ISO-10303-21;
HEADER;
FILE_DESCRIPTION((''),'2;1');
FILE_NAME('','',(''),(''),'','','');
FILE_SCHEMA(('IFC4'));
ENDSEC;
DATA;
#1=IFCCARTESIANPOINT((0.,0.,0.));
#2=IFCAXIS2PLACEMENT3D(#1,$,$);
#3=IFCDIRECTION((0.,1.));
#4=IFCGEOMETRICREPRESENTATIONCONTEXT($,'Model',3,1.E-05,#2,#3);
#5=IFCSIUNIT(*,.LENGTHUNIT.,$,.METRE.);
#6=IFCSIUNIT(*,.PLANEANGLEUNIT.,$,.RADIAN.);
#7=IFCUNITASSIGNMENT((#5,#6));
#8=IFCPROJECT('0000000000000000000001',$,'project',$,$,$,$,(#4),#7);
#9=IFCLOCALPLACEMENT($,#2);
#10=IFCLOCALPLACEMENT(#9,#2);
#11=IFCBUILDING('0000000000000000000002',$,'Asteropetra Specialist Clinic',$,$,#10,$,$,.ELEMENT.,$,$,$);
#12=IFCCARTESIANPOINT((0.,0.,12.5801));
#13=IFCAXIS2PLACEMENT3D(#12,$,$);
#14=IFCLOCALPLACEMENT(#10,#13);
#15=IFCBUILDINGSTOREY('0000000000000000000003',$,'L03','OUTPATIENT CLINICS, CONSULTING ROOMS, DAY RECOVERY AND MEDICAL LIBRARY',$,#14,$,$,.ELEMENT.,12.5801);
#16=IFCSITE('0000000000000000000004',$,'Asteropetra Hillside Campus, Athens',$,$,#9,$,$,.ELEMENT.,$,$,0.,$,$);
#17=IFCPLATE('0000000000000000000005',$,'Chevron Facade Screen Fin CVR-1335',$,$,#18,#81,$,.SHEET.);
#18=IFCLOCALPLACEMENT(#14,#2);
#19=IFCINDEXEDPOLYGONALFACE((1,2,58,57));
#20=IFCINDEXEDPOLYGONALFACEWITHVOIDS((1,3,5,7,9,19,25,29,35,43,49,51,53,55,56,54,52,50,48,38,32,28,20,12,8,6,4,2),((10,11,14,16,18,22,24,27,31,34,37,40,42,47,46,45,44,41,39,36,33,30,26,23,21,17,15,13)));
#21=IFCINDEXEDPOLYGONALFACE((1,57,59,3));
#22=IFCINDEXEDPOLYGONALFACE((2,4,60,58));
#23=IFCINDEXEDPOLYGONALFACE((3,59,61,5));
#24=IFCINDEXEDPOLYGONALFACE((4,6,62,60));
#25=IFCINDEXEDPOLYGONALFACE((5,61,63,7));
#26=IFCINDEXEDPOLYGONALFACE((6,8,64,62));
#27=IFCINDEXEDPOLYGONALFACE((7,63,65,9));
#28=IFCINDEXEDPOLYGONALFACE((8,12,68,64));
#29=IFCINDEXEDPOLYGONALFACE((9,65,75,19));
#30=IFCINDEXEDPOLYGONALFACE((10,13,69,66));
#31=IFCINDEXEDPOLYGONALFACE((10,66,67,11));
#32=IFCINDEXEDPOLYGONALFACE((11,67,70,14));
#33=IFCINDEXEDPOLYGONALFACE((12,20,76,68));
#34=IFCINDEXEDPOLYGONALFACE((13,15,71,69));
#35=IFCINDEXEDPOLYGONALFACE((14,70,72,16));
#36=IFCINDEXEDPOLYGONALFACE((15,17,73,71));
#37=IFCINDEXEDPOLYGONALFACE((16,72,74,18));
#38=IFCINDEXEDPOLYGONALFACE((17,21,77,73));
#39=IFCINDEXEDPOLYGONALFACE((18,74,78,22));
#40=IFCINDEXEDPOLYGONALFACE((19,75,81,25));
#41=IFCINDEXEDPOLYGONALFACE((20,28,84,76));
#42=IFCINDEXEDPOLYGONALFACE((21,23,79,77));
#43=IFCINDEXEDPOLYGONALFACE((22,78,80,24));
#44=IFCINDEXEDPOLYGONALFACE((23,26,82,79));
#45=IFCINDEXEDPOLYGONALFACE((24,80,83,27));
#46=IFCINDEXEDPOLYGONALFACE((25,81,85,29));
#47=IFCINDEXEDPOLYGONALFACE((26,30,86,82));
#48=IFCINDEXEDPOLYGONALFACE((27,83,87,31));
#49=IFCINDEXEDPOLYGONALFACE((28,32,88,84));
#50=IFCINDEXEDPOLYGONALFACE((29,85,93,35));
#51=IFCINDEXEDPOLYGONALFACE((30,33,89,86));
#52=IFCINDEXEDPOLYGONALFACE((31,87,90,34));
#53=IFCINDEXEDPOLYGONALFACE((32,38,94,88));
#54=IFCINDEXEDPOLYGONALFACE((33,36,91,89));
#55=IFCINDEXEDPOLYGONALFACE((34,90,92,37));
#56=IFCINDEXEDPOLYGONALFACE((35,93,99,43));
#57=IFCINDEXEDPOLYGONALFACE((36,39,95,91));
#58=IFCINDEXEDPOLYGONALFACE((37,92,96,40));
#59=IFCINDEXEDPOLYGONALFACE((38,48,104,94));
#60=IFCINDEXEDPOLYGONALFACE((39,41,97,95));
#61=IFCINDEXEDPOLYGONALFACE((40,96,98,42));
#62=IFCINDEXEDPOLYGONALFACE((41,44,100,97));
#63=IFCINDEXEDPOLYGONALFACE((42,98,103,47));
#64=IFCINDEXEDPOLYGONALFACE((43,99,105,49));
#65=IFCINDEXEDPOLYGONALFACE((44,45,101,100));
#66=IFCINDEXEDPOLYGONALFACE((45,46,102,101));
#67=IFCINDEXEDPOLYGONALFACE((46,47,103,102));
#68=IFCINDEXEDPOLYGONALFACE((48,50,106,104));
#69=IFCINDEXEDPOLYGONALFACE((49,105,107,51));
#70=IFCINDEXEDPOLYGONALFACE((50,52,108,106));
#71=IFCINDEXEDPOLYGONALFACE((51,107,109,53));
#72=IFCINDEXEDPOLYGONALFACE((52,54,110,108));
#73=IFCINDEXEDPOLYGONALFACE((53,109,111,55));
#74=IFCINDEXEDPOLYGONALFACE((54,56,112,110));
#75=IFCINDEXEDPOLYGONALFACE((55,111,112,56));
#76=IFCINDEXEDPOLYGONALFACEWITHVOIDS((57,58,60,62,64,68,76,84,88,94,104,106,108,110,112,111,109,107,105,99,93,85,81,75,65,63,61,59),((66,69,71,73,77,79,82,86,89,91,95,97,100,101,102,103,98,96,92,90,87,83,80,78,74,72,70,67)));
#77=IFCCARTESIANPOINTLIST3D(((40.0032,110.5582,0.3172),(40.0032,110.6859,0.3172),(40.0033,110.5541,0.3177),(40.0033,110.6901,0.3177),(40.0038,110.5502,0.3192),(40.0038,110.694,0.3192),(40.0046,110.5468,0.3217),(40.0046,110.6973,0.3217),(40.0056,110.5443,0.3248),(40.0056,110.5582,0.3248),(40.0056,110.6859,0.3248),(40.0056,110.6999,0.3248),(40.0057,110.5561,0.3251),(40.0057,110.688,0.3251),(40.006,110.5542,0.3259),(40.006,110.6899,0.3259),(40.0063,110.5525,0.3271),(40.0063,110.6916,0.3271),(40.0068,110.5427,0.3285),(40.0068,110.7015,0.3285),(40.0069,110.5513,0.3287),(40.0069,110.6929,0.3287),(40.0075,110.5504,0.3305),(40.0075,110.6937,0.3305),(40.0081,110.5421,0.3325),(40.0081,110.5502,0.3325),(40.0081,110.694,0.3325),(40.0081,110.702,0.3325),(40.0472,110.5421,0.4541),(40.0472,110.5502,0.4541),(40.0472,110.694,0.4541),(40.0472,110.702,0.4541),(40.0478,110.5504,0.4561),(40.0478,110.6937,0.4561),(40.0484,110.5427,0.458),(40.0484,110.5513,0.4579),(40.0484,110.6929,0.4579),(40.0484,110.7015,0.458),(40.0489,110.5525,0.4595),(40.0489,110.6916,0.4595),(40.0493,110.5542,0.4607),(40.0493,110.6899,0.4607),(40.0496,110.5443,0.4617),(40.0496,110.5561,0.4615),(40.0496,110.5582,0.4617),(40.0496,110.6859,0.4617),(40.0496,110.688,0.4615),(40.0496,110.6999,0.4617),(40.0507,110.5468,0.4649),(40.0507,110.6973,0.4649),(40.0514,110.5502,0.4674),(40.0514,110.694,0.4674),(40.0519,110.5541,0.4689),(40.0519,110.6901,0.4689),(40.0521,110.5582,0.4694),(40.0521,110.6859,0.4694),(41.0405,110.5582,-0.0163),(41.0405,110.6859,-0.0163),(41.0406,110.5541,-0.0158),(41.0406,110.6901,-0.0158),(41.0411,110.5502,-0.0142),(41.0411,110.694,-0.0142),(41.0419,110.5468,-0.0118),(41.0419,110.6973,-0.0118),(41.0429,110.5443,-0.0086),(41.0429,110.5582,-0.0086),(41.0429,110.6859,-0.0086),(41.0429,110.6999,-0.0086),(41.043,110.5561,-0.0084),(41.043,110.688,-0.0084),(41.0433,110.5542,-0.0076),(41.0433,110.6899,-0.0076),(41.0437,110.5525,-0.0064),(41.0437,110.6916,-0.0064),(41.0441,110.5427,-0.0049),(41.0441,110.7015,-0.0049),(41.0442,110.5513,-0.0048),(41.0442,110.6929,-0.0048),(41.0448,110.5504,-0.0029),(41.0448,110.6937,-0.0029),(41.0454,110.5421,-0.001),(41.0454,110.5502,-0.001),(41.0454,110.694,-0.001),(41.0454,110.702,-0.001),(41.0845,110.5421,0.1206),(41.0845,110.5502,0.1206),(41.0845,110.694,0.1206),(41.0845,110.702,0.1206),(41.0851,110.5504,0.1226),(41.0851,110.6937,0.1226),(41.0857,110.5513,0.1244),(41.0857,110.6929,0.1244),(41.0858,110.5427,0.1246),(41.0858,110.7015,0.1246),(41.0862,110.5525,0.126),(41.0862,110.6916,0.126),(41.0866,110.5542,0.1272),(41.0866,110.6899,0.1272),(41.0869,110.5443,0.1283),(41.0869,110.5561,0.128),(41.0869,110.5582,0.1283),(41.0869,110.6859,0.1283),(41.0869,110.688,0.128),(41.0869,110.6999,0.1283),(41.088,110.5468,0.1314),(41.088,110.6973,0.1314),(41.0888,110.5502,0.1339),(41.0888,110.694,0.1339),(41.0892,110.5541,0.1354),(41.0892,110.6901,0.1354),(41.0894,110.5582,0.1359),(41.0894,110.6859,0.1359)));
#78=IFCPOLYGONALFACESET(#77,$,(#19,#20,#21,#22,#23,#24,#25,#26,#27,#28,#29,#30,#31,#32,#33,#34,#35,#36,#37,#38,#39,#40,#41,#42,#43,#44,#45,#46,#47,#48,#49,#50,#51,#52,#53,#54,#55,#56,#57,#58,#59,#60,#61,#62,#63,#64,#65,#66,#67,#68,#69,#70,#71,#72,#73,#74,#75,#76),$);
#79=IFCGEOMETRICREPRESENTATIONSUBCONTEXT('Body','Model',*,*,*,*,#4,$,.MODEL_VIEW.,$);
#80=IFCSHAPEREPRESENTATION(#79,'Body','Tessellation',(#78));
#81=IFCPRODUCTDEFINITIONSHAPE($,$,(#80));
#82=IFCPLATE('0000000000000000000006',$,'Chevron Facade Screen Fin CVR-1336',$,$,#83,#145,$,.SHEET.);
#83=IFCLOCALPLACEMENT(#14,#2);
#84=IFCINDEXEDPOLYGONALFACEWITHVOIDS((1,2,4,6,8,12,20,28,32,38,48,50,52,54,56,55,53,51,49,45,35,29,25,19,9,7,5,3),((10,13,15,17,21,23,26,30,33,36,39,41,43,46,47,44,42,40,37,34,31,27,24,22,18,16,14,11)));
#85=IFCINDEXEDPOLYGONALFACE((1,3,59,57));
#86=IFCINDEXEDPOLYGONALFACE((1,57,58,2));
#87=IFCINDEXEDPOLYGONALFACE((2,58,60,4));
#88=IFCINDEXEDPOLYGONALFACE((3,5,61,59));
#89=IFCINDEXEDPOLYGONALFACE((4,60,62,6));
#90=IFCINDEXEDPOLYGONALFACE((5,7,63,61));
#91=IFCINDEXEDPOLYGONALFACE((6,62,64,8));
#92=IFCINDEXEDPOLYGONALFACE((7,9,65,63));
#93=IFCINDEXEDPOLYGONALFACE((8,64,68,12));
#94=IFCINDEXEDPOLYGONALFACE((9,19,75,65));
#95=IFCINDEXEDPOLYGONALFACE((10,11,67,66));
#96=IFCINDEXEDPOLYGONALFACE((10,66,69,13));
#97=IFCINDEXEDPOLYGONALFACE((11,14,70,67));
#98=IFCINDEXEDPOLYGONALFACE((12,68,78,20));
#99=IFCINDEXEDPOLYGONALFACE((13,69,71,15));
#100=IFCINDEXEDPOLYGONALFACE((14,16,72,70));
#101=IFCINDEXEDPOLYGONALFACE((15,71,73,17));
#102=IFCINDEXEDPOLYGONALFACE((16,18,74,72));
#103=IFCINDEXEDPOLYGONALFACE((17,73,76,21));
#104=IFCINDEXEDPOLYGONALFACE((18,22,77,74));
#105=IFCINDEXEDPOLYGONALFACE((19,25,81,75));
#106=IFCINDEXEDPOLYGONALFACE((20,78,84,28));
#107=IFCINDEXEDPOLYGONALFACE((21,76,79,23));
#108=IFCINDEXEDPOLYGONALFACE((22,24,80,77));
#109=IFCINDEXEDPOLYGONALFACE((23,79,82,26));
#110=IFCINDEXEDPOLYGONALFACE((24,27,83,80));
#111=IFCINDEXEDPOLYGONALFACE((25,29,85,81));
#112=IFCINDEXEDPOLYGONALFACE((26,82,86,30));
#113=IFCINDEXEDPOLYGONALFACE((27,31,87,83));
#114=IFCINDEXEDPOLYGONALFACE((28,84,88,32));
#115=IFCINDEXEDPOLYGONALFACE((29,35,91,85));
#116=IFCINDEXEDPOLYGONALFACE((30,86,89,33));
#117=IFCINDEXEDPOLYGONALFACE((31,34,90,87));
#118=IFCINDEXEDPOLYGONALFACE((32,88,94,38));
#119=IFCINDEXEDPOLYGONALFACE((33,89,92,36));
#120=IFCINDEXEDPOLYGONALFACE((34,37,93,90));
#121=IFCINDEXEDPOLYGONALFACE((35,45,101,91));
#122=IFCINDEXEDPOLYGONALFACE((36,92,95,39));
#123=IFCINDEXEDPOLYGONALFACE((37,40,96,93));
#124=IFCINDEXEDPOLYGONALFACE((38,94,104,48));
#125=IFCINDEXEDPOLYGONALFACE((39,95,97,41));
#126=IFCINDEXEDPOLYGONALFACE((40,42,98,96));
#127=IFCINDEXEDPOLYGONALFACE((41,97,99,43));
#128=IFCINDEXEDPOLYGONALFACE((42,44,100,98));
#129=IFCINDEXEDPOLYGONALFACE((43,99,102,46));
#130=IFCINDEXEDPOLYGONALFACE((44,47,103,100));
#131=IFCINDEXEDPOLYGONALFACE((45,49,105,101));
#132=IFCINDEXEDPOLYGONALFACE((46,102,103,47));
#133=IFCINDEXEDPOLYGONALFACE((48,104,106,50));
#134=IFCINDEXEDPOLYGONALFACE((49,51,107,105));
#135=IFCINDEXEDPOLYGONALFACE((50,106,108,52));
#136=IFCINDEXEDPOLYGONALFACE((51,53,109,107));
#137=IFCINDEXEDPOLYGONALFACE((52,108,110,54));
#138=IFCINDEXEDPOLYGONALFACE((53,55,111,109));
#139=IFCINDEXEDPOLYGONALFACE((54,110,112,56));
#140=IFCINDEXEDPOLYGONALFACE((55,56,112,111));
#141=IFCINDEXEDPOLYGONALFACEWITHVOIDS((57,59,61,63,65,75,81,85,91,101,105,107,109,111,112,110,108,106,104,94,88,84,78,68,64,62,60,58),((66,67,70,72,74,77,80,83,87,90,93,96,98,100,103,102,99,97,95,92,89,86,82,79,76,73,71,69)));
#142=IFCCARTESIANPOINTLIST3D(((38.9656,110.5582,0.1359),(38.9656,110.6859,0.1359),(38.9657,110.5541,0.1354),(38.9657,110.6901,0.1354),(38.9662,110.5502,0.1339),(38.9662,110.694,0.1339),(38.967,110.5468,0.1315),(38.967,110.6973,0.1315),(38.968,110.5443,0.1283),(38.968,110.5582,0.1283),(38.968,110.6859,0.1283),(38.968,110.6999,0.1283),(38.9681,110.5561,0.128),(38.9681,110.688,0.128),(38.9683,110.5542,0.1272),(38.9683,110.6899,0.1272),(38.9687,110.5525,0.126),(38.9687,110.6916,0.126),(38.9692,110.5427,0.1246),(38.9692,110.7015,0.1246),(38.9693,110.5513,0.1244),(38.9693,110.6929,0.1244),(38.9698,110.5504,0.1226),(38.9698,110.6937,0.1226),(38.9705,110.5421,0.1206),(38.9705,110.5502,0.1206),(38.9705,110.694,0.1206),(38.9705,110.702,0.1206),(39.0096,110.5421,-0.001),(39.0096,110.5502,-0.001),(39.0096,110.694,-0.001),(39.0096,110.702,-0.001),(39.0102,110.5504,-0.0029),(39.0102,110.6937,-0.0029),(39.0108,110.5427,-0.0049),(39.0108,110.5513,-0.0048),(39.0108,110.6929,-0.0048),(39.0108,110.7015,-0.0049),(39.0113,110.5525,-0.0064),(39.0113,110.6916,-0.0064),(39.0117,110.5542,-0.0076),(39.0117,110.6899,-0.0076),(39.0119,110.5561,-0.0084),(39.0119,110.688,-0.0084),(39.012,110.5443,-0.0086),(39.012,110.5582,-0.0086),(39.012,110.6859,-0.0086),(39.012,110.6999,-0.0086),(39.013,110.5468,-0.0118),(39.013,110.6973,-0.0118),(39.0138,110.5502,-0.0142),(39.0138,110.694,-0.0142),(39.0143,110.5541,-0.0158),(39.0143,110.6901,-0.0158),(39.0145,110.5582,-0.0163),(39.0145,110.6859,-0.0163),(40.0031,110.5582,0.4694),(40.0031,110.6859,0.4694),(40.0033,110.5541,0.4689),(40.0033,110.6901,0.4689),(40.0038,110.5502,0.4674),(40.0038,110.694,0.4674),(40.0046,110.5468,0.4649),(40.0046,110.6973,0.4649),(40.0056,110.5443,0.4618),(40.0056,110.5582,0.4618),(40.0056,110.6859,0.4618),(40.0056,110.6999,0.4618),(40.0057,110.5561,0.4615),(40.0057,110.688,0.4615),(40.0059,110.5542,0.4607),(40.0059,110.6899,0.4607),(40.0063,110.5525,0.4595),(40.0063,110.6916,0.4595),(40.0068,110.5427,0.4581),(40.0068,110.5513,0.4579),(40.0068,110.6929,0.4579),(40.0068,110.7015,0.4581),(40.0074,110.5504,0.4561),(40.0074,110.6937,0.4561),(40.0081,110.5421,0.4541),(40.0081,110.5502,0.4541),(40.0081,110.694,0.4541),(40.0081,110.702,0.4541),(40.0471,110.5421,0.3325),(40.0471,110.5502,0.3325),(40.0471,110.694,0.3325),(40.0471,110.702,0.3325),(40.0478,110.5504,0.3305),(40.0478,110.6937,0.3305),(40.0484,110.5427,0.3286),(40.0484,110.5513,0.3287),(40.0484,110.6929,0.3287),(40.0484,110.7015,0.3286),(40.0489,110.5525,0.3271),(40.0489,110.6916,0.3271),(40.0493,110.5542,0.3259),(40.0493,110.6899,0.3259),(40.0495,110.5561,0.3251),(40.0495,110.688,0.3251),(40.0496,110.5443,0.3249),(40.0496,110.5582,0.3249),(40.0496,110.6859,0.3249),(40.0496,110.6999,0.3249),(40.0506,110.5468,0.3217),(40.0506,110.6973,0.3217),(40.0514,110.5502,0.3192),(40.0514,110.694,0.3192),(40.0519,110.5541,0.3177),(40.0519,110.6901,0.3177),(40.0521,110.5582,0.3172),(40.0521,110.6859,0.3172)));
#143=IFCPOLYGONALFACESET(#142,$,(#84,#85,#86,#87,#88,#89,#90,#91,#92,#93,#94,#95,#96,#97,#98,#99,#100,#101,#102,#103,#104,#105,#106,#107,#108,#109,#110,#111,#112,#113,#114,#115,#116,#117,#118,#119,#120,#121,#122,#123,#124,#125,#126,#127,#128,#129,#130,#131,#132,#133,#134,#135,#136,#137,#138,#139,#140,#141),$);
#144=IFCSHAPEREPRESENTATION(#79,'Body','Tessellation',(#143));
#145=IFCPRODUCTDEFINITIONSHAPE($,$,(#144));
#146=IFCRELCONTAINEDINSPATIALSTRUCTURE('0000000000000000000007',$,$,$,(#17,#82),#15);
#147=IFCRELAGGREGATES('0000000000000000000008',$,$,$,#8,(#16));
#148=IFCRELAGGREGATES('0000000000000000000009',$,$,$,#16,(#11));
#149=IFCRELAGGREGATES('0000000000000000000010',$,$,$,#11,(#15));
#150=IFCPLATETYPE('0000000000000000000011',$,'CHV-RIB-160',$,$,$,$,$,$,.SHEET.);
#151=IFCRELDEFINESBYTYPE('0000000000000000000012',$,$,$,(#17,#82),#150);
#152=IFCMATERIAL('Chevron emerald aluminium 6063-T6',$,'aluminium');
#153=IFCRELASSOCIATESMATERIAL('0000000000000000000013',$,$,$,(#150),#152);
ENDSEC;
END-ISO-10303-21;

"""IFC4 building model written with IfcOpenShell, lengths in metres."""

from ifc_helpers import new_model, si_unit, direction, frame, origin, origin_2d, place, context, subcontext, project, spatial, hollow_rectangle, extrude, material, material_profile, profile_set, type_object, element, save


model = new_model("IFC4")

# Units and contexts
model_context = context("Model", 3, precision=1e-05, world=origin(), true_north=direction((0.0, 1.0)))
body_context = subcontext(model_context, "Body", "Model", "MODEL_VIEW")
ifc_project = project(units=[si_unit("LENGTHUNIT", "METRE"), si_unit("PLANEANGLEUNIT", "RADIAN")], contexts=[model_context])

# Site, building, storey
site_placement = place(None, origin())
site = spatial("IfcSite", under=ifc_project, at=site_placement, Name="Asteropetra Hillside Campus, Athens", CompositionType="ELEMENT", RefElevation=0.0)
building_placement = place(site_placement, origin())
building = spatial("IfcBuilding", under=site, at=building_placement, Name="Asteropetra Specialist Clinic", CompositionType="ELEMENT")
storey_placement = place(building_placement, frame((0.0, 0.0, 12.5801)))
storey = spatial("IfcBuildingStorey", under=building, at=storey_placement, Name="L03", Description="OUTPATIENT CLINICS, CONSULTING ROOMS, DAY RECOVERY AND MEDICAL LIBRARY", CompositionType="ELEMENT", Elevation=12.5801)

# Plates
ifc_material_1 = material(Name="Chevron emerald aluminium 6063-T6", Category="aluminium")
ifc_material_profile = material_profile(ifc_material_1, hollow_rectangle(XDim=0.1599, YDim=0.1599, WallThickness=0.0081, InnerFilletRadius=0.0081, OuterFilletRadius=0.0161, at=origin_2d()), Name="SHS 160x160x8.0")
ifc_profile_set = profile_set([ifc_material_profile], Name="Chevron emerald aluminium 6063-T6")
plate_type_1 = type_object("IfcPlateType", Name="CHV-RIB-160", PredefinedType="SHEET", material=ifc_profile_set)
plate_1_placement = place(storey_placement, frame((41.0649, 110.6221, 0.0598), z_axis=(-0.952012, 0.0, 0.30606), x_axis=(0.0, -1.0, 0.0)))
element("IfcPlate", 1, at=plate_1_placement, inside=storey, type_object=plate_type_1, Name="Chevron Facade Screen Fin CVR-1335", PredefinedType="SHEET", context=body_context, shape_type="SweptSolid", body=[
    extrude(hollow_rectangle(XDim=0.1599, YDim=0.1599, WallThickness=0.0081, InnerFilletRadius=0.0081, OuterFilletRadius=0.0161, at=origin_2d()), origin(), (0.0, 0.0, 1.0), 1.0896),
])
plate_2_placement = place(storey_placement, frame((40.0276, 110.6221, 0.3933), z_axis=(-0.952033, 0.0, -0.305995), x_axis=(0.0, -1.0, 0.0)))
element("IfcPlate", 2, at=plate_2_placement, inside=storey, type_object=plate_type_1, Name="Chevron Facade Screen Fin CVR-1336", PredefinedType="SHEET", context=body_context, shape_type="SweptSolid", body=[
    extrude(hollow_rectangle(XDim=0.1599, YDim=0.1599, WallThickness=0.0081, InnerFilletRadius=0.0081, OuterFilletRadius=0.0161, at=origin_2d()), origin(), (0.0, 0.0, 1.0), 1.0898),
])

save(model, "model.ifc")
